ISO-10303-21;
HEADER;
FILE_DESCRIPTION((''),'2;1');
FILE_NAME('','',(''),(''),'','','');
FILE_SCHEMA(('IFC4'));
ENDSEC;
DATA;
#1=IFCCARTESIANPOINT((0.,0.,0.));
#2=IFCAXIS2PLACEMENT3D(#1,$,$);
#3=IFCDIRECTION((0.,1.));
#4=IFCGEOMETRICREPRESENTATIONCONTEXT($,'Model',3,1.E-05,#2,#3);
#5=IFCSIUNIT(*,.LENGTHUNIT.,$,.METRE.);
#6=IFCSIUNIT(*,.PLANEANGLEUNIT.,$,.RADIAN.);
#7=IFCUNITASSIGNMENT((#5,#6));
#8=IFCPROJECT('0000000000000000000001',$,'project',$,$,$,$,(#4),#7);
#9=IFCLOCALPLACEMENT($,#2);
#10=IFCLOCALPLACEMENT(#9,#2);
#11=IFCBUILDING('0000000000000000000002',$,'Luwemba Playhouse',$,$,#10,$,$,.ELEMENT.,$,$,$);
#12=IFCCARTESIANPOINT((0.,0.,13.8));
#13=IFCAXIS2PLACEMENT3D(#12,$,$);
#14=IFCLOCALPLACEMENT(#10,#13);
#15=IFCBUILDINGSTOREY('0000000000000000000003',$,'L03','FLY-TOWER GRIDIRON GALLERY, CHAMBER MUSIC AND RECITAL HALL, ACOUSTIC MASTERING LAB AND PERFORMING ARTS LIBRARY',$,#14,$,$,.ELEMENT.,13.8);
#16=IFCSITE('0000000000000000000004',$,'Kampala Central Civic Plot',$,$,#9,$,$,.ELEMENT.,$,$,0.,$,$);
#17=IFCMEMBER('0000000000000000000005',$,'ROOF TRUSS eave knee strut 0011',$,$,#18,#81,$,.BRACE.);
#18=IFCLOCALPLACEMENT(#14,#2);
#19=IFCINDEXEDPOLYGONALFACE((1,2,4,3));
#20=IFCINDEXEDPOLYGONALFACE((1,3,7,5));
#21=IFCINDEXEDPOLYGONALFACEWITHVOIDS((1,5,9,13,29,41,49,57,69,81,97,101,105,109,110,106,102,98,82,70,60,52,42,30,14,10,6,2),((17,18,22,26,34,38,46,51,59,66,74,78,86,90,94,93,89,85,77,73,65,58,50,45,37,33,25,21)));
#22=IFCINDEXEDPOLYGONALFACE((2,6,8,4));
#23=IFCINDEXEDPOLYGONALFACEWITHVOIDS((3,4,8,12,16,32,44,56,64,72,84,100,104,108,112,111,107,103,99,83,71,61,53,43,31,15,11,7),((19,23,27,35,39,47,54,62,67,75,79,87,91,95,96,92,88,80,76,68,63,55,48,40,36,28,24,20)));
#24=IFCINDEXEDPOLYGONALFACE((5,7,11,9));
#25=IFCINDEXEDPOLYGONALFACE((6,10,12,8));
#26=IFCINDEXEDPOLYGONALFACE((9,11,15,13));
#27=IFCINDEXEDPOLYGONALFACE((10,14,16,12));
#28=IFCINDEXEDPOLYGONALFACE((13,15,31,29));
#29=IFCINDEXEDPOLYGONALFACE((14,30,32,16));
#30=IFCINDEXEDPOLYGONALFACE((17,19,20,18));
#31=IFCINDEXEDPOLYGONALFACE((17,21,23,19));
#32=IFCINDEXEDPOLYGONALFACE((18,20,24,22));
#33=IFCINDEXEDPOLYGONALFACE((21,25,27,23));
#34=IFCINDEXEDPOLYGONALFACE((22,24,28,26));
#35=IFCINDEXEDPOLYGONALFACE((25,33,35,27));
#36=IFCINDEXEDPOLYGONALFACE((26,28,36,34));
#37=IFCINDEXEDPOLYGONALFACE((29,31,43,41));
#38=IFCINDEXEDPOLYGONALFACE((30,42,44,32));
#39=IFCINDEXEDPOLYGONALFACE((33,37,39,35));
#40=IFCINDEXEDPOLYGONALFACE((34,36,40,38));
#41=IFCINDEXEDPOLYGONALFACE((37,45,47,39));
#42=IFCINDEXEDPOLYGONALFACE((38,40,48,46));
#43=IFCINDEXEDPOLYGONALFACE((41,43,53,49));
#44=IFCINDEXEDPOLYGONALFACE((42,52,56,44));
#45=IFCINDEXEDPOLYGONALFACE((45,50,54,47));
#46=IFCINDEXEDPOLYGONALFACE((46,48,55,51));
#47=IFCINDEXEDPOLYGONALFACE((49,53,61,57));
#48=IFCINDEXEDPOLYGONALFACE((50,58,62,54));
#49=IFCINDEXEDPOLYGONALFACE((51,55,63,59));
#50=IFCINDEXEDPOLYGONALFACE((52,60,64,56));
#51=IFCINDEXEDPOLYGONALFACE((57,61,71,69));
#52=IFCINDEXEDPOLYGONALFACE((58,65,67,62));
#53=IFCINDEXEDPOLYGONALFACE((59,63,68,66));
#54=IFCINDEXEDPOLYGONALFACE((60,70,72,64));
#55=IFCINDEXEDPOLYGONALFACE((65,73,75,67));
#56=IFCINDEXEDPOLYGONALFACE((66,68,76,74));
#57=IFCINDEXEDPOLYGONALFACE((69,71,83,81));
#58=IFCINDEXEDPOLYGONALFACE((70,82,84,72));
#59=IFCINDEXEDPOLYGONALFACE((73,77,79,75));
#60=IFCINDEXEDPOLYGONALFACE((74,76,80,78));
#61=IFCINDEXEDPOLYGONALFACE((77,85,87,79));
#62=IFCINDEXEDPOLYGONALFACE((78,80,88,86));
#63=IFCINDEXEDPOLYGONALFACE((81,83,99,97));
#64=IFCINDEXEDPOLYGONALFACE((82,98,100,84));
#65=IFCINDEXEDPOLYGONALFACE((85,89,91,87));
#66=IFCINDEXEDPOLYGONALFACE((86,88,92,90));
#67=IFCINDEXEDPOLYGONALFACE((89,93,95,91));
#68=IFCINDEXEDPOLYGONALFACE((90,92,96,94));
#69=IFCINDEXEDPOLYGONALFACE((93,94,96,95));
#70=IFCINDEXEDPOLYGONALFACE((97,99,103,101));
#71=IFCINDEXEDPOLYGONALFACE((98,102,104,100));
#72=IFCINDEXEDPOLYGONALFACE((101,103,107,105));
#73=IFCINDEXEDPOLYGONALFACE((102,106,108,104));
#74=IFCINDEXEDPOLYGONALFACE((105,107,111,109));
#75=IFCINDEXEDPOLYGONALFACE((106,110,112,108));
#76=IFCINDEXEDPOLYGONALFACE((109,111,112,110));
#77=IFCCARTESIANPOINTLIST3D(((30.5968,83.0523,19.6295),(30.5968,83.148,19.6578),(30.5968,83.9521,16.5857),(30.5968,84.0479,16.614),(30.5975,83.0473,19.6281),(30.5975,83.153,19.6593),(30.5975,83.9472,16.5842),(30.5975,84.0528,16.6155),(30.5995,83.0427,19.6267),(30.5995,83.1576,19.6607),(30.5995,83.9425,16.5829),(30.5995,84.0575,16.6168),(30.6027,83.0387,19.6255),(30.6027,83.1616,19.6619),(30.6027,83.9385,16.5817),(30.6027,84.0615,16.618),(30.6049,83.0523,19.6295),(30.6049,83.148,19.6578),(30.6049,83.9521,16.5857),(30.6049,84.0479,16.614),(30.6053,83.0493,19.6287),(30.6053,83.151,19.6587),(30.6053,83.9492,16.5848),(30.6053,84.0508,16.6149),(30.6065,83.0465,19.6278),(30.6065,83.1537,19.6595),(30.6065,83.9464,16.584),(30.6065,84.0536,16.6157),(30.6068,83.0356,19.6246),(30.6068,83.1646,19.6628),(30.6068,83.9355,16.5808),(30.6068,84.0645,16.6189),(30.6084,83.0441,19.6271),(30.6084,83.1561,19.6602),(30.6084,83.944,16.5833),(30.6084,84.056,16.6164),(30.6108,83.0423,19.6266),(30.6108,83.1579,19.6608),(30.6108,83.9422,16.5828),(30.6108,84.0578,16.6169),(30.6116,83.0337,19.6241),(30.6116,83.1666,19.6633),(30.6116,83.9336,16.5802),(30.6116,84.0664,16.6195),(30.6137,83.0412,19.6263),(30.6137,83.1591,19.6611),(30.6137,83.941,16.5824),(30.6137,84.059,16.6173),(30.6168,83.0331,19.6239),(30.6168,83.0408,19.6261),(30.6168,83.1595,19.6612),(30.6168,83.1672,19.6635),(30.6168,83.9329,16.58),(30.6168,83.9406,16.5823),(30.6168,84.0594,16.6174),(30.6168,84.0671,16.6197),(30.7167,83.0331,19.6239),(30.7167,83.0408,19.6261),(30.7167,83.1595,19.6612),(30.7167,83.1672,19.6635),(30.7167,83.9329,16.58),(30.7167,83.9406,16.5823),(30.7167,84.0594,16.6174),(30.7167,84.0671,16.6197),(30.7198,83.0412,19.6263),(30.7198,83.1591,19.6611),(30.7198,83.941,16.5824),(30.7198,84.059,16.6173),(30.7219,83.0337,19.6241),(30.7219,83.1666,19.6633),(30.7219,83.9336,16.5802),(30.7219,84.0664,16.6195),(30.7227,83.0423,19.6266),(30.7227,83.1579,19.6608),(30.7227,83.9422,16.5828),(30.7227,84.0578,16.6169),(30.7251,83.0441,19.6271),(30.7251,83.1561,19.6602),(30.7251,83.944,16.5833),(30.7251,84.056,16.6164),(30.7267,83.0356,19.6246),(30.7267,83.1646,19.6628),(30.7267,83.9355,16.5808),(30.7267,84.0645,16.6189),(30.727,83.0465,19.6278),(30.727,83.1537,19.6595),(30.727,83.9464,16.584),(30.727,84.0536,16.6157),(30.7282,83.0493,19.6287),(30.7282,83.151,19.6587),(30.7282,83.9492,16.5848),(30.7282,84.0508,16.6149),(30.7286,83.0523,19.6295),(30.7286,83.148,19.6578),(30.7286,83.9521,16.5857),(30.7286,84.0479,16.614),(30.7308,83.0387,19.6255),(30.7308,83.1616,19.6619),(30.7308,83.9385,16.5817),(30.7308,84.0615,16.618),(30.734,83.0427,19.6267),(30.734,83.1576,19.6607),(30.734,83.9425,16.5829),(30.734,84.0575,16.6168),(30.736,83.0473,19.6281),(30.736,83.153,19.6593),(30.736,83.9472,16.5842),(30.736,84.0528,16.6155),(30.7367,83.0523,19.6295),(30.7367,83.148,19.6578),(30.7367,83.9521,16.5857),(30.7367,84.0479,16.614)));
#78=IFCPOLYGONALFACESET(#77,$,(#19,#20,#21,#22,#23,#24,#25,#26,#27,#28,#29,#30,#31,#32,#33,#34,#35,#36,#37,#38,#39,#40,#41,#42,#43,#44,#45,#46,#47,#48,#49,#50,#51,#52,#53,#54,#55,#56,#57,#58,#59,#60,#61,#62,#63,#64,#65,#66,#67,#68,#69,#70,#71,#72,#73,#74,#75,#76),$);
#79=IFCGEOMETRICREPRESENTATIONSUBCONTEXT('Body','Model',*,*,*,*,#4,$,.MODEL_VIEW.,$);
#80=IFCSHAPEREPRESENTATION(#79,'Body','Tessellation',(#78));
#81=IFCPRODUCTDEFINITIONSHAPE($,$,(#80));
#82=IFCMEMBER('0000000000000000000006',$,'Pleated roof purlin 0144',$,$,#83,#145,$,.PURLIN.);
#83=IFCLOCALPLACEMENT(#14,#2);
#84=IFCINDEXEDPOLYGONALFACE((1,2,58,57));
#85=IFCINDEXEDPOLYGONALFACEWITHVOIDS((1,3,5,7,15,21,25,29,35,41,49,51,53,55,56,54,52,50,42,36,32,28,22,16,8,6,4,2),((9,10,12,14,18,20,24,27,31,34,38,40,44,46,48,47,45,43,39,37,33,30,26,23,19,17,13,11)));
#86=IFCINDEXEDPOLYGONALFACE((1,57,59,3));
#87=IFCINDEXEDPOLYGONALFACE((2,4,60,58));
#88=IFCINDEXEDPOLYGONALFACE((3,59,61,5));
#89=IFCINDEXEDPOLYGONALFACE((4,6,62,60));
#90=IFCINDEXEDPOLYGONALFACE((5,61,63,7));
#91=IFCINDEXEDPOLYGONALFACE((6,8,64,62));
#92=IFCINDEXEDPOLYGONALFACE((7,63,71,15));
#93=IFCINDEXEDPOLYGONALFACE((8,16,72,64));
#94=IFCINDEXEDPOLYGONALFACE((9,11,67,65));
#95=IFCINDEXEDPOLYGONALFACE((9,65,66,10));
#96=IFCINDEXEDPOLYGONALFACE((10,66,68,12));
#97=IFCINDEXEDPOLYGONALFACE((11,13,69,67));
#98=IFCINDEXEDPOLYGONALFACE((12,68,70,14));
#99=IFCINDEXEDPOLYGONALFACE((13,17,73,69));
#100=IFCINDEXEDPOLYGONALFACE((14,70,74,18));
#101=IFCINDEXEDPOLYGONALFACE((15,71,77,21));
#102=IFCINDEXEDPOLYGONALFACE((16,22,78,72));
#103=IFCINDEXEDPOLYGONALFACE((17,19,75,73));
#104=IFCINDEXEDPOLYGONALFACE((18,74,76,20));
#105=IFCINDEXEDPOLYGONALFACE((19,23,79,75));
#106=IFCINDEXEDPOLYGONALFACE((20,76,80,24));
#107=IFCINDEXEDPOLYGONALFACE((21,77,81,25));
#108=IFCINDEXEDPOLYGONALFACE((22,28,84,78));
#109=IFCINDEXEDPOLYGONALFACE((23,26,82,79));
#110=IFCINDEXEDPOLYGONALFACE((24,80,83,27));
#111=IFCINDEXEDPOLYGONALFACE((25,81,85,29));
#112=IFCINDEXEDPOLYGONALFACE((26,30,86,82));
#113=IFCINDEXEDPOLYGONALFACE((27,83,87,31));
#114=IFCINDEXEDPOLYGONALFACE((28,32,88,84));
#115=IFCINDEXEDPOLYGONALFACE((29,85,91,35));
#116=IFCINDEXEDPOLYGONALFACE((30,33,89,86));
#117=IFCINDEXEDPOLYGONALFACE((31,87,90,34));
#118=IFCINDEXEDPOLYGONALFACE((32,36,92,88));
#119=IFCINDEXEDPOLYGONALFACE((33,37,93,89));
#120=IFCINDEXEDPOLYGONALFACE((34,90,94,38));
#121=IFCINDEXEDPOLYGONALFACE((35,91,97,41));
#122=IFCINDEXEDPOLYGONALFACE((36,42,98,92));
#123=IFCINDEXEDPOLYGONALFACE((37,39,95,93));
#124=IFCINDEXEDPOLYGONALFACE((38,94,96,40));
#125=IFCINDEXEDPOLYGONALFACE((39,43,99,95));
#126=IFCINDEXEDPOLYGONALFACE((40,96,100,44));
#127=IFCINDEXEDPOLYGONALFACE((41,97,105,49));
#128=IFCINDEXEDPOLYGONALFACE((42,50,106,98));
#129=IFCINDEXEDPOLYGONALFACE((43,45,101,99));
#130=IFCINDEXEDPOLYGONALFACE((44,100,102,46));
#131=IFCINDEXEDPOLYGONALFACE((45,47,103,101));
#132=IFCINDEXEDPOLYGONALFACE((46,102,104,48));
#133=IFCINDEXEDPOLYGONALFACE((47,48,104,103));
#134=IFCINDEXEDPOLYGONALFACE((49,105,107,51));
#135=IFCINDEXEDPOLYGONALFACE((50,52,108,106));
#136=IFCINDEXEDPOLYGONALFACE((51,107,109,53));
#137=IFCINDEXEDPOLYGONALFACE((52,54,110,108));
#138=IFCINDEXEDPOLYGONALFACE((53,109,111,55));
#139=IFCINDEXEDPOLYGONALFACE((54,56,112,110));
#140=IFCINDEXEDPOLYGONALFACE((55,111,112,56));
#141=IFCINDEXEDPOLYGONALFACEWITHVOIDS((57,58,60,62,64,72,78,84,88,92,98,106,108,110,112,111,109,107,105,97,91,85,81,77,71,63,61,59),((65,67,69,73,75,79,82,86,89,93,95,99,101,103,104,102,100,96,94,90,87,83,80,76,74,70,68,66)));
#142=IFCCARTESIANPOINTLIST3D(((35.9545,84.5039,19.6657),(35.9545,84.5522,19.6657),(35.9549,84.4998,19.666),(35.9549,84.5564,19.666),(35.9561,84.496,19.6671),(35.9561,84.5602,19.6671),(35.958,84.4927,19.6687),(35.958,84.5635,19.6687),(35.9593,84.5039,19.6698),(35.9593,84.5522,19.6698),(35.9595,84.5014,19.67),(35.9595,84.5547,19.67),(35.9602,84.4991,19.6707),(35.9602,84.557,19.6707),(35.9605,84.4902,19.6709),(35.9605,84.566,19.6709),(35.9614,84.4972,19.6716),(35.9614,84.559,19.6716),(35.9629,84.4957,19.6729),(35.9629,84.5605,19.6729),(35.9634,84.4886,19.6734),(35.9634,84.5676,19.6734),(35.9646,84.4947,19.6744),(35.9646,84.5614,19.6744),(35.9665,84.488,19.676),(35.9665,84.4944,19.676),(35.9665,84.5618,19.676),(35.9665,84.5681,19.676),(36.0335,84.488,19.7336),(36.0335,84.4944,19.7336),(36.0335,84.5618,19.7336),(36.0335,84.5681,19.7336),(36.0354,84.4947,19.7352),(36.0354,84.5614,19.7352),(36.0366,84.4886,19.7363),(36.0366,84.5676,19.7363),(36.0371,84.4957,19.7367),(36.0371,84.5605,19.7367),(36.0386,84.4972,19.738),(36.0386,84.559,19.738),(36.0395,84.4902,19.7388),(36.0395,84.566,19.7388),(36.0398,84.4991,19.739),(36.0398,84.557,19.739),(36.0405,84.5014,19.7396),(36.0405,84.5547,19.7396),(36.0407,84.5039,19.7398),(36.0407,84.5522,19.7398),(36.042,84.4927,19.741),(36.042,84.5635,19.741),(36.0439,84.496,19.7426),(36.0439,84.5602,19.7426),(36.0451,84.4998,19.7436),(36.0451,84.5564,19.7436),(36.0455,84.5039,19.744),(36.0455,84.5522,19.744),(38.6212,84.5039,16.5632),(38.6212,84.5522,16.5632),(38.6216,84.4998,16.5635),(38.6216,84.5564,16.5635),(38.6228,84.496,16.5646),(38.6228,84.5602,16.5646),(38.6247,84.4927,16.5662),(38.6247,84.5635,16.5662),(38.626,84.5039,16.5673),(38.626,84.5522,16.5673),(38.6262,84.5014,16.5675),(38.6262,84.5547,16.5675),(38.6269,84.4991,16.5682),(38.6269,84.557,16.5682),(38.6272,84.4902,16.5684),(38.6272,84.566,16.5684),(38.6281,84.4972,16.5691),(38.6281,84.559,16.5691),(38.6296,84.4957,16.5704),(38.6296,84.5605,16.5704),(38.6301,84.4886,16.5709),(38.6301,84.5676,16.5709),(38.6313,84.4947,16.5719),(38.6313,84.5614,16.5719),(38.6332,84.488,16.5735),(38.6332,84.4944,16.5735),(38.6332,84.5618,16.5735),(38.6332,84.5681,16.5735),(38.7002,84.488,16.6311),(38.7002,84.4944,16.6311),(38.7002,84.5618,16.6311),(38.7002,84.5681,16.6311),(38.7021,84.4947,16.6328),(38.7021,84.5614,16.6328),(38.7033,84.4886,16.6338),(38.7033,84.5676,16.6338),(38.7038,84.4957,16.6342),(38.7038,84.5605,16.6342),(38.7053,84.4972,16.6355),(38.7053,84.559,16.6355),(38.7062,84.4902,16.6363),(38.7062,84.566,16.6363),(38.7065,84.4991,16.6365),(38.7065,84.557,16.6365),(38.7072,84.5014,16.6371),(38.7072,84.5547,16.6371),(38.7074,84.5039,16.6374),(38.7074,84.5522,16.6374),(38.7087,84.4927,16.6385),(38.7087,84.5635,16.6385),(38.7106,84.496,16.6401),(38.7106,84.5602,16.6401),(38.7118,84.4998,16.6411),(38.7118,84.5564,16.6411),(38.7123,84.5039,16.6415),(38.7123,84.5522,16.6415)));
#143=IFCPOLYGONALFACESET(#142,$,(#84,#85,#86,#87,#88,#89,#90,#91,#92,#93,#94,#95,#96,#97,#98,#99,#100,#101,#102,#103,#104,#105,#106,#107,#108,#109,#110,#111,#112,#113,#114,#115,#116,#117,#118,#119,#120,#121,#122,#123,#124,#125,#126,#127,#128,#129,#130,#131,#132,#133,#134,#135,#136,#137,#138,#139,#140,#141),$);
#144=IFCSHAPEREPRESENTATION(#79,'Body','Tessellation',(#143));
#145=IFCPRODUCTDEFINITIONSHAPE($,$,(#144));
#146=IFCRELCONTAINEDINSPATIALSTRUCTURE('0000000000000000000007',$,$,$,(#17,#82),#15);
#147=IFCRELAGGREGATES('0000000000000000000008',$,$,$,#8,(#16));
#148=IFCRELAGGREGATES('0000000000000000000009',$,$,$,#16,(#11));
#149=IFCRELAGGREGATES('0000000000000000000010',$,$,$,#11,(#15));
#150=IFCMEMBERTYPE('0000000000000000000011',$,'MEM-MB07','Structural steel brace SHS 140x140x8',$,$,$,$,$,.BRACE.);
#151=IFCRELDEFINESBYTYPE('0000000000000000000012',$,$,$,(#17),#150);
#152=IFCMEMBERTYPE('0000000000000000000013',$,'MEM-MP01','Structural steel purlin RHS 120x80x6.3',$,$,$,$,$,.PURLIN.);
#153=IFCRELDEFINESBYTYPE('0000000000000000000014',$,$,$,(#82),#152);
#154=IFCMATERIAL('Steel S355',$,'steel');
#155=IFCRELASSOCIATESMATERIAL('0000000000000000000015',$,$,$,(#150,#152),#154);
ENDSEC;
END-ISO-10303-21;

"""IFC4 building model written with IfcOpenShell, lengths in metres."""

from ifc_helpers import new_model, si_unit, direction, frame, origin, origin_2d, place, context, subcontext, project, spatial, hollow_rectangle, extrude, material, material_profile, profile_set, type_object, element, save


model = new_model("IFC4")

# Units and contexts
model_context = context("Model", 3, precision=1e-05, world=origin(), true_north=direction((0.0, 1.0)))
body_context = subcontext(model_context, "Body", "Model", "MODEL_VIEW")
ifc_project = project(units=[si_unit("LENGTHUNIT", "METRE"), si_unit("PLANEANGLEUNIT", "RADIAN")], contexts=[model_context])

# Site, building, storey
site_placement = place(None, origin())
site = spatial("IfcSite", under=ifc_project, at=site_placement, Name="Kampala Central Civic Plot", CompositionType="ELEMENT", RefElevation=0.0)
building_placement = place(site_placement, origin())
building = spatial("IfcBuilding", under=site, at=building_placement, Name="Luwemba Playhouse", CompositionType="ELEMENT")
storey_placement = place(building_placement, frame((0.0, 0.0, 13.8)))
storey = spatial("IfcBuildingStorey", under=building, at=storey_placement, Name="L03", Description="FLY-TOWER GRIDIRON GALLERY, CHAMBER MUSIC AND RECITAL HALL, ACOUSTIC MASTERING LAB AND PERFORMING ARTS LIBRARY", CompositionType="ELEMENT", Elevation=13.8)

# Shared definitions
ifc_material_1 = material(Name="Steel S355", Category="steel")

# Members
ifc_material_profile_1 = material_profile(ifc_material_1, hollow_rectangle(XDim=0.1399, YDim=0.1399, WallThickness=0.0081, InnerFilletRadius=0.012, OuterFilletRadius=0.02, at=origin_2d()))
ifc_profile_set_1 = profile_set([ifc_material_profile_1], Name="Steel S355")
member_type_1 = type_object("IfcMemberType", Name="MEM-MB07", Description="Structural steel brace SHS 140x140x8", PredefinedType="BRACE", material=ifc_profile_set_1)
member_1_placement = place(storey_placement, frame((30.6667, 84.0, 16.5999), z_axis=(0.0, -0.283507, 0.95897), x_axis=(1.0, 0.0, 0.0)))
element("IfcMember", 1, at=member_1_placement, inside=storey, type_object=member_type_1, Name="ROOF TRUSS eave knee strut 0011", PredefinedType="BRACE", context=body_context, shape_type="SweptSolid", body=[
    extrude(hollow_rectangle(XDim=0.1399, YDim=0.1399, WallThickness=0.0081, InnerFilletRadius=0.012, OuterFilletRadius=0.02, at=origin_2d()), origin(), (0.0, 0.0, 1.0), 3.1741),
])
ifc_material_profile_2 = material_profile(ifc_material_1, hollow_rectangle(XDim=0.0801, YDim=0.1201, WallThickness=0.0063, InnerFilletRadius=0.0095, OuterFilletRadius=0.0159, at=origin_2d()))
ifc_profile_set_2 = profile_set([ifc_material_profile_2], Name="Steel S355")
member_type_2 = type_object("IfcMemberType", Name="MEM-MP01", Description="Structural steel purlin RHS 120x80x6.3", PredefinedType="PURLIN", material=ifc_profile_set_2)
member_2_placement = place(storey_placement, frame((36.0, 84.5281, 19.7048), z_axis=(0.651838, 0.0, -0.758359), x_axis=(0.0, 1.0, 0.0)))
element("IfcMember", 2, at=member_2_placement, inside=storey, type_object=member_type_2, Name="Pleated roof purlin 0144", PredefinedType="PURLIN", context=body_context, shape_type="SweptSolid", body=[
    extrude(hollow_rectangle(XDim=0.0801, YDim=0.1201, WallThickness=0.0063, InnerFilletRadius=0.0095, OuterFilletRadius=0.0159, at=origin_2d()), origin(), (0.0, 0.0, 1.0), 4.0911),
])

save(model, "model.ifc")
